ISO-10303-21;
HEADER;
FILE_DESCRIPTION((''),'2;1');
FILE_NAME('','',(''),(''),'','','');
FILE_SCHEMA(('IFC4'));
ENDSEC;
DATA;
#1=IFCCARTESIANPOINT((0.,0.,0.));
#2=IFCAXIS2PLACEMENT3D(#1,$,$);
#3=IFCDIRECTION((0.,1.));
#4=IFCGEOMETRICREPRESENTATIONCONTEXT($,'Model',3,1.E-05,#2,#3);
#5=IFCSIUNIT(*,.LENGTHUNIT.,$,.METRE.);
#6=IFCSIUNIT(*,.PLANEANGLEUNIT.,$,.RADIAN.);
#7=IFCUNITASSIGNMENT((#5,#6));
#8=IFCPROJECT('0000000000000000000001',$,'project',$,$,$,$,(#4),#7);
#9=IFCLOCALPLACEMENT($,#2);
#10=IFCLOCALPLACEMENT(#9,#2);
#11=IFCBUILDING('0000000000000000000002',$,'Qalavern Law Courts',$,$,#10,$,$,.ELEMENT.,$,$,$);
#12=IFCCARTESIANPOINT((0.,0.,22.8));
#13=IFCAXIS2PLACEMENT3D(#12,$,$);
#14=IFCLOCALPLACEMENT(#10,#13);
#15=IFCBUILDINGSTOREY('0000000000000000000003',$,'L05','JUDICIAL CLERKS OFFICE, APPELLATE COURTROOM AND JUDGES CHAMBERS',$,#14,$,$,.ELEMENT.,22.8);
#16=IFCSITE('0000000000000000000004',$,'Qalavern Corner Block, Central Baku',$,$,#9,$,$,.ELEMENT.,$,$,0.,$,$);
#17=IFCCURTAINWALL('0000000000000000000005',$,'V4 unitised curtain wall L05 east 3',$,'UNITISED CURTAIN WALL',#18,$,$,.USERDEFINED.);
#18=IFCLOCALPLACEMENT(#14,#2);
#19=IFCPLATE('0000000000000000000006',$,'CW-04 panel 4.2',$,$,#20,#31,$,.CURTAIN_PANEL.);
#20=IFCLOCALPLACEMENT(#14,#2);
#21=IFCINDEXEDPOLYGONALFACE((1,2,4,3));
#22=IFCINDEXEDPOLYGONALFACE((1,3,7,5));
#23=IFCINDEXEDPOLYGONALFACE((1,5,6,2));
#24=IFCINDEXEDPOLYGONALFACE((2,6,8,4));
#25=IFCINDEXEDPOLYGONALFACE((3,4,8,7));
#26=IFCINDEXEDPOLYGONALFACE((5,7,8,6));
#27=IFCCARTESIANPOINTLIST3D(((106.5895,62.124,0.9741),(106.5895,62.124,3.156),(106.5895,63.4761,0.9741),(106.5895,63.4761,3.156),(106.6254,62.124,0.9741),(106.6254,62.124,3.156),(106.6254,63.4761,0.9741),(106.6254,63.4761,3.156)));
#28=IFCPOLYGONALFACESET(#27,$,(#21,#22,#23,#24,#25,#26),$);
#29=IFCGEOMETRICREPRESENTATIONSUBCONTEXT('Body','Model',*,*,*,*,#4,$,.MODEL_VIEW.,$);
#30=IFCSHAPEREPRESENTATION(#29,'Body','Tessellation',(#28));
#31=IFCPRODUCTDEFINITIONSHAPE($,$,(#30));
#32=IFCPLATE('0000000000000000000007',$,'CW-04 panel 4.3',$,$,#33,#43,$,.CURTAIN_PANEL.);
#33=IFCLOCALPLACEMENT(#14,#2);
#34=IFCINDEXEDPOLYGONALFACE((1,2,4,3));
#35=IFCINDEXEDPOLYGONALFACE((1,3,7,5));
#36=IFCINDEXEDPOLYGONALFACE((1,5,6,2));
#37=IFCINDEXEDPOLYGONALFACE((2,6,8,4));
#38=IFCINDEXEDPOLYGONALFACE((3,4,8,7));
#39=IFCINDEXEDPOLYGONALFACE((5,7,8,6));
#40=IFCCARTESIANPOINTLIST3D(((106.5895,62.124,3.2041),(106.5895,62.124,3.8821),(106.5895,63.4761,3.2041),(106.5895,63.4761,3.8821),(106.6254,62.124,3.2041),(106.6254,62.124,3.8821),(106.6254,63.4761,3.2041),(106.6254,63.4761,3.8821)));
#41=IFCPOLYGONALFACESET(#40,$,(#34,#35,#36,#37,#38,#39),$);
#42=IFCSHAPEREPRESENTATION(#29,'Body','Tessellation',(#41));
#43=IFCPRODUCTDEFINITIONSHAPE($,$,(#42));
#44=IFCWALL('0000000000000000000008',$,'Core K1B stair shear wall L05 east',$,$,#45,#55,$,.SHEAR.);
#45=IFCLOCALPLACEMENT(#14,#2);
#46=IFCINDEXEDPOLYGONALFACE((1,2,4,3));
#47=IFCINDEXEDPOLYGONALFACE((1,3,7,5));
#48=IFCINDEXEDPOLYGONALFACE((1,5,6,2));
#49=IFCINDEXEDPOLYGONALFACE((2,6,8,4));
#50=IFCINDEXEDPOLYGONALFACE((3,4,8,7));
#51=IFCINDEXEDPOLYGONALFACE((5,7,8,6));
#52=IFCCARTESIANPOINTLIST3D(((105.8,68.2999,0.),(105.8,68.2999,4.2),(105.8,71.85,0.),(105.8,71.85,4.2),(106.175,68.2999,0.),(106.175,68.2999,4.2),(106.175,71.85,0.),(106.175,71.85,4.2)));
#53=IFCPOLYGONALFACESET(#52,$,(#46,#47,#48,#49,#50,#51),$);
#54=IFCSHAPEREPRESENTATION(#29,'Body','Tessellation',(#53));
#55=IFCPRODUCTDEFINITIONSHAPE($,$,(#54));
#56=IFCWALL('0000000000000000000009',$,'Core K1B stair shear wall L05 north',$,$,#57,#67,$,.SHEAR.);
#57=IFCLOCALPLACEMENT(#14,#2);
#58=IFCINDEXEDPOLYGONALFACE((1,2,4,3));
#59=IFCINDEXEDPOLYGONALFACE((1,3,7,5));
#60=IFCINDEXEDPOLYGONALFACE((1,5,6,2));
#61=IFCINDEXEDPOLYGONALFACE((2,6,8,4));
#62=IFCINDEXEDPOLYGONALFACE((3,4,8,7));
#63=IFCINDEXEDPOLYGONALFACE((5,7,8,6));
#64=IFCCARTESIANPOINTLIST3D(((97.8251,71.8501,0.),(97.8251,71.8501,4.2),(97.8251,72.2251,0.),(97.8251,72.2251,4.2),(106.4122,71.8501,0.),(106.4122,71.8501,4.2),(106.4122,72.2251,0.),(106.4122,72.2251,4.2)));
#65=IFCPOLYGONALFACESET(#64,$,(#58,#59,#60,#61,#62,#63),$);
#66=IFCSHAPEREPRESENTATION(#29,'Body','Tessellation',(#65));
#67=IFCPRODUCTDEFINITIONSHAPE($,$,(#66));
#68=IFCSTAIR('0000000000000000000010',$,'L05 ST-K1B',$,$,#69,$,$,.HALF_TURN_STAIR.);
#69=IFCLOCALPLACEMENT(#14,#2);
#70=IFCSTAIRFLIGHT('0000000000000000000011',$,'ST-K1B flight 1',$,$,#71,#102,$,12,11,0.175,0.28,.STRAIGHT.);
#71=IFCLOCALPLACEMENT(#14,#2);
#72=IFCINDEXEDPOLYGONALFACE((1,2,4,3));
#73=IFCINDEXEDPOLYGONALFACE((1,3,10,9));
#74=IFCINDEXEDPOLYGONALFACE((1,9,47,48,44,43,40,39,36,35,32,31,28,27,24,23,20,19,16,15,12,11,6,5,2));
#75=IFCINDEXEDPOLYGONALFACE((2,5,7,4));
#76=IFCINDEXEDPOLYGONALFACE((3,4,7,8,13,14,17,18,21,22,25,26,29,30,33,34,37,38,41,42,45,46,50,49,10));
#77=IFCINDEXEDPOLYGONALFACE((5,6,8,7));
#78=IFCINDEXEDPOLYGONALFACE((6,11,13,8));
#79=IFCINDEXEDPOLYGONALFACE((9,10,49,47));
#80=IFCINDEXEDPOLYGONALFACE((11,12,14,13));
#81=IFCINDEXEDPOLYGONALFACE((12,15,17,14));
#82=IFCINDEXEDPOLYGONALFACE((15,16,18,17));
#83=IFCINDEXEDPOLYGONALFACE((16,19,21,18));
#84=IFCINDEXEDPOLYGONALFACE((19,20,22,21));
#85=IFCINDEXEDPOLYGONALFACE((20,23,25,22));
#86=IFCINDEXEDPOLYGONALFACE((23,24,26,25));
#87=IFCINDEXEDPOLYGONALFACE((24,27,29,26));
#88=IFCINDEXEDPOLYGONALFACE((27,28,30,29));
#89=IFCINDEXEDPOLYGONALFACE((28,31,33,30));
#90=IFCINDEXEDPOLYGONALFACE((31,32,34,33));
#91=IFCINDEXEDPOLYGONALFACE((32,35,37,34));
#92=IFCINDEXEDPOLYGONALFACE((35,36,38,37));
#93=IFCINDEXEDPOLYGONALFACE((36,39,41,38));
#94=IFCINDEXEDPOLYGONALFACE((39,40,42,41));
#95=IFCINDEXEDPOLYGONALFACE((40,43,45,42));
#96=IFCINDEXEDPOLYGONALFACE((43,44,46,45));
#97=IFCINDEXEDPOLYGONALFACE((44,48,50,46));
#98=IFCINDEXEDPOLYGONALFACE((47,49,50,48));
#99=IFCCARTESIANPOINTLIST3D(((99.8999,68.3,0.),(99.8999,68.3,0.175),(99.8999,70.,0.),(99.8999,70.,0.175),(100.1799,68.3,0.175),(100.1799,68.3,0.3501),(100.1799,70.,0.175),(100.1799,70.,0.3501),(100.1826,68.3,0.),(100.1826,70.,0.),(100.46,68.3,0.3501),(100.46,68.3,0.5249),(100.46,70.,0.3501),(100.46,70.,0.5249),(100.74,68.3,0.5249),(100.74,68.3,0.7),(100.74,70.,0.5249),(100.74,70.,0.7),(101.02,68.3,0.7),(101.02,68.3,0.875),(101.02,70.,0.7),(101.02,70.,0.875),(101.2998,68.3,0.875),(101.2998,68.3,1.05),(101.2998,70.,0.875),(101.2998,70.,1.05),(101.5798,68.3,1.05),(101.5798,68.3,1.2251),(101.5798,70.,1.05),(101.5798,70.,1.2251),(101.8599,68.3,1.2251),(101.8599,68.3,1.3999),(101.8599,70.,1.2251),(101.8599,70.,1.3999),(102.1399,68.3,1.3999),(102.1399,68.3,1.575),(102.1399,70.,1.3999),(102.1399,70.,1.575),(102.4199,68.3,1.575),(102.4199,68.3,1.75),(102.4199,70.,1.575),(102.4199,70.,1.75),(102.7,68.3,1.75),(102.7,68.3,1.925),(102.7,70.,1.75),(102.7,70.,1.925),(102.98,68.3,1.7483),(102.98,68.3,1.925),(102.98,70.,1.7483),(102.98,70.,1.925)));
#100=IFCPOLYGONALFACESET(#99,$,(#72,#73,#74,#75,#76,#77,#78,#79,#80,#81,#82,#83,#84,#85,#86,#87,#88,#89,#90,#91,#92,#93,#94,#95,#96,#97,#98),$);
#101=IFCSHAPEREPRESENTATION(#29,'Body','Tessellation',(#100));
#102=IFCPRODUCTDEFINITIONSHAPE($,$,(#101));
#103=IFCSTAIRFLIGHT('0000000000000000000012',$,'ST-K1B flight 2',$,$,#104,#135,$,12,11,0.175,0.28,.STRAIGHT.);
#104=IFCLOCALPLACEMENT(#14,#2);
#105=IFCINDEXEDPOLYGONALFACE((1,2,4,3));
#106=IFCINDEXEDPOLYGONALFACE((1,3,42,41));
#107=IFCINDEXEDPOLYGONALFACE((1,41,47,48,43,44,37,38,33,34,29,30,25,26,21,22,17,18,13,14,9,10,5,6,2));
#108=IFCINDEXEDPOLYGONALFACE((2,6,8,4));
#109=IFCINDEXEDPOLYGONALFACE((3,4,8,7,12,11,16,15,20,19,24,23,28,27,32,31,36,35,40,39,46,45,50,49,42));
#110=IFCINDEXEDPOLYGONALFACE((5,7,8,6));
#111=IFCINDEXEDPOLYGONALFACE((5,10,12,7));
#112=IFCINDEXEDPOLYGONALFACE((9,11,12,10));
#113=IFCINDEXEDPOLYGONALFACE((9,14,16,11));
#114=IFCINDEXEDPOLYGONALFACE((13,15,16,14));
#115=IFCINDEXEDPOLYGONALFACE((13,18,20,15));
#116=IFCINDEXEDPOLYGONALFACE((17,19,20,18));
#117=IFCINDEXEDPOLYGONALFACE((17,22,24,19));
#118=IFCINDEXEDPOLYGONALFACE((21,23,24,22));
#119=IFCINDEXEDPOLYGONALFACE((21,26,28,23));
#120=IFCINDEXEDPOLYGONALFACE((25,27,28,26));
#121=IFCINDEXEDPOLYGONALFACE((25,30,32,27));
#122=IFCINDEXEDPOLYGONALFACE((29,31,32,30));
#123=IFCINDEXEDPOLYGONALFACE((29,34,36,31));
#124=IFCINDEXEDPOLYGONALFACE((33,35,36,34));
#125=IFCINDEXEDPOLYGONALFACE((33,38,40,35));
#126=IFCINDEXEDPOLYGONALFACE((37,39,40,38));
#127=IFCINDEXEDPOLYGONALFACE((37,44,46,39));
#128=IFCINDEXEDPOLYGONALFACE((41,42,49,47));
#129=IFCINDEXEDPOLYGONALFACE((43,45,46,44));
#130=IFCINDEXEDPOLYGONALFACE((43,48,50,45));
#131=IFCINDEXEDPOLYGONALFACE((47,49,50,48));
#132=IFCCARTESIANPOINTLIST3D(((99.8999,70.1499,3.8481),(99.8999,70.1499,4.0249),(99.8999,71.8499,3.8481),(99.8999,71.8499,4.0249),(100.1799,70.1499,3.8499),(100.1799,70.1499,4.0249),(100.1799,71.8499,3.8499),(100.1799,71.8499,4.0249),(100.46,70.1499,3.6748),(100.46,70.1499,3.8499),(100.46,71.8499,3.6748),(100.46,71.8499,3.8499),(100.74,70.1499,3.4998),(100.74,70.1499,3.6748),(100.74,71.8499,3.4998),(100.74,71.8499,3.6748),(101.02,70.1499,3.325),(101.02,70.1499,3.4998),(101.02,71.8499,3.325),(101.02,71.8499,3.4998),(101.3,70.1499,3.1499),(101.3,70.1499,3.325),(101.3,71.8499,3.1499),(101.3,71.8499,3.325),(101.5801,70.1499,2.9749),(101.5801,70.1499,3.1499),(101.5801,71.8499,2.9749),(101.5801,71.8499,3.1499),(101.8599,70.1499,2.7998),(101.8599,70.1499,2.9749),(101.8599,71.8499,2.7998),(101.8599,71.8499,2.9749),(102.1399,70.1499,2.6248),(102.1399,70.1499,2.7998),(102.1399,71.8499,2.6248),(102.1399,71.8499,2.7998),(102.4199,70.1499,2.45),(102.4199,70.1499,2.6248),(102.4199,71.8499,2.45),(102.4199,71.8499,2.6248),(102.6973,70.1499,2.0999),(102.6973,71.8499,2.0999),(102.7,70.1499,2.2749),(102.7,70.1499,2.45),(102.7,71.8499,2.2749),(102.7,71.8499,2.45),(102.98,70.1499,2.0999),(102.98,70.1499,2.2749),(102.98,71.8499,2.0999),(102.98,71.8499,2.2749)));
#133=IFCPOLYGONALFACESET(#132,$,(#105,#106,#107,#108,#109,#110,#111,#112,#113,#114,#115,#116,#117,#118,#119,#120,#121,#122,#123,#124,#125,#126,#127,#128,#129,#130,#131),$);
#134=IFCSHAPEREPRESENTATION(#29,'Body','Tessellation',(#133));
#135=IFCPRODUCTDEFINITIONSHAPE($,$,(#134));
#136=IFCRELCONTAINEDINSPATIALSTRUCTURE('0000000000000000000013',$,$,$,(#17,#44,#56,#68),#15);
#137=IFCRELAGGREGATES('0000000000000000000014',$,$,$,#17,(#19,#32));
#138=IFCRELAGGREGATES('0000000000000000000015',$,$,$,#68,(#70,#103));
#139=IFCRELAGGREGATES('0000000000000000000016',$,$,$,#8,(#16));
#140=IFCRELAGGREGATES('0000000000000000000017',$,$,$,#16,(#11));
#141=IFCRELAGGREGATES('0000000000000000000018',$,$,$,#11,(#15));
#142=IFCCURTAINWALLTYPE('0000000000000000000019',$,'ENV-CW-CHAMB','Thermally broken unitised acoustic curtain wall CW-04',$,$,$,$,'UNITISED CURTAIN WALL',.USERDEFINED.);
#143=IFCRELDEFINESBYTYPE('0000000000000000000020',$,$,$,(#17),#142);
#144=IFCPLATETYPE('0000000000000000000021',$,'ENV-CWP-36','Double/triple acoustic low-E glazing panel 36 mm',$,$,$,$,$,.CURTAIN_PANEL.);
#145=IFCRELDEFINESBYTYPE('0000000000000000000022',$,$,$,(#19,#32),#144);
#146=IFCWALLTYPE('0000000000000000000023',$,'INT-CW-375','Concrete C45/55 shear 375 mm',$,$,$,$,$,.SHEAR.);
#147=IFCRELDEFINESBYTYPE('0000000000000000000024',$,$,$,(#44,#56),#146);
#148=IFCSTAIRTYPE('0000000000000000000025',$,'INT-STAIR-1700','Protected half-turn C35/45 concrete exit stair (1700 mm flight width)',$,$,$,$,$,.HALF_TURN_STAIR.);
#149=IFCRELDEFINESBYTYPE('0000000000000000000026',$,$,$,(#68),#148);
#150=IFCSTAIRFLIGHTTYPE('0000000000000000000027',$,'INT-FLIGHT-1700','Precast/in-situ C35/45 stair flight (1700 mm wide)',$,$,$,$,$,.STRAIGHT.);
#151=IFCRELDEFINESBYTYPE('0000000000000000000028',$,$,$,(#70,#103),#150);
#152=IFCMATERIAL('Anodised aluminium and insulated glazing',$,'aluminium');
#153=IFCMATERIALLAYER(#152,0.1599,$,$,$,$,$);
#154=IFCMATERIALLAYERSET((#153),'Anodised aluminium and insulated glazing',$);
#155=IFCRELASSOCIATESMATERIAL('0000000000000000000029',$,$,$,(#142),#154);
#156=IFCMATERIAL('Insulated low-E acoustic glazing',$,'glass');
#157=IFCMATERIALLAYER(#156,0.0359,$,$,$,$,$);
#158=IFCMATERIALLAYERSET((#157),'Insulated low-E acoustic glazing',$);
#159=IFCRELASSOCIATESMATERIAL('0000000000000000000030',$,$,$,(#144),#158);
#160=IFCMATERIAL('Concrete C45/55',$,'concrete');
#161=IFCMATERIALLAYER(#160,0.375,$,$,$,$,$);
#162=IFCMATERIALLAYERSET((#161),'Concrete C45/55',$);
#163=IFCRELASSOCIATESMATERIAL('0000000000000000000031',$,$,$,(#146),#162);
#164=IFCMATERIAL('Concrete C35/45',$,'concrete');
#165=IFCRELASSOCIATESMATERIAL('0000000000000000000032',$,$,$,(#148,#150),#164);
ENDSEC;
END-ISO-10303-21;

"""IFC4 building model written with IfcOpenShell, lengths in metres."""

from ifc_helpers import new_model, si_unit, direction, frame, frame_2d, origin, origin_2d, place, context, subcontext, project, spatial, polyline, rectangle, outline, extrude, material, layer, layer_set, type_object, element, aggregate, save


model = new_model("IFC4")

# Units and contexts
model_context = context("Model", 3, precision=1e-05, world=origin(), true_north=direction((0.0, 1.0)))
body_context = subcontext(model_context, "Body", "Model", "MODEL_VIEW")
ifc_project = project(units=[si_unit("LENGTHUNIT", "METRE"), si_unit("PLANEANGLEUNIT", "RADIAN")], contexts=[model_context])

# Site, building, storey
site_placement = place(None, origin())
site = spatial("IfcSite", under=ifc_project, at=site_placement, Name="Qalavern Corner Block, Central Baku", CompositionType="ELEMENT", RefElevation=0.0)
building_placement = place(site_placement, origin())
building = spatial("IfcBuilding", under=site, at=building_placement, Name="Qalavern Law Courts", CompositionType="ELEMENT")
storey_placement = place(building_placement, frame((0.0, 0.0, 22.8)))
storey = spatial("IfcBuildingStorey", under=building, at=storey_placement, Name="L05", Description="JUDICIAL CLERKS OFFICE, APPELLATE COURTROOM AND JUDGES CHAMBERS", CompositionType="ELEMENT", Elevation=22.8)

# Shared definitions
ifc_material_1 = material(Name="Concrete C45/55", Category="concrete")

# Curtain wall
ifc_material_2 = material(Name="Anodised aluminium and insulated glazing", Category="aluminium")
ifc_layer_1 = layer(ifc_material_2, 0.1599)
ifc_layer_set_1 = layer_set([ifc_layer_1], Name="Anodised aluminium and insulated glazing")
curtain_wall_type = type_object("IfcCurtainWallType", Name="ENV-CW-CHAMB", Description="Thermally broken unitised acoustic curtain wall CW-04", ElementType="UNITISED CURTAIN WALL", PredefinedType="USERDEFINED", material=ifc_layer_set_1)
curtain_wall_placement = place(storey_placement, origin())
curtain_wall = element("IfcCurtainWall", 1, at=curtain_wall_placement, inside=storey, type_object=curtain_wall_type, Name="V4 unitised curtain wall L05 east 3", ObjectType="UNITISED CURTAIN WALL", PredefinedType="USERDEFINED")

# Plates
ifc_material_3 = material(Name="Insulated low-E acoustic glazing", Category="glass")
ifc_layer_2 = layer(ifc_material_3, 0.0359)
ifc_layer_set_2 = layer_set([ifc_layer_2], Name="Insulated low-E acoustic glazing")
plate_type = type_object("IfcPlateType", Name="ENV-CWP-36", Description="Double/triple acoustic low-E glazing panel 36 mm", PredefinedType="CURTAIN_PANEL", material=ifc_layer_set_2)
plate_1_placement = place(storey_placement, frame((106.6074, 62.8, 0.9741), z_axis=(0.0, 0.0, 1.0), x_axis=(0.0, 1.0, 0.0)))
plate_1 = element("IfcPlate", 2, at=plate_1_placement, type_object=plate_type, Name="CW-04 panel 4.2", PredefinedType="CURTAIN_PANEL", context=body_context, shape_type="SweptSolid", body=[
    extrude(rectangle(XDim=1.3521, YDim=0.0359, at=origin_2d()), origin(), (0.0, 0.0, 1.0), 2.1819),
])
plate_2_placement = place(storey_placement, frame((106.6074, 62.8, 3.2041), z_axis=(0.0, 0.0, 1.0), x_axis=(0.0, 1.0, 0.0)))
plate_2 = element("IfcPlate", 3, at=plate_2_placement, type_object=plate_type, Name="CW-04 panel 4.3", PredefinedType="CURTAIN_PANEL", context=body_context, shape_type="SweptSolid", body=[
    extrude(rectangle(XDim=1.3521, YDim=0.0359, at=origin_2d()), origin(), (0.0, 0.0, 1.0), 0.678),
])
aggregate(curtain_wall, [plate_1, plate_2])

# Walls
ifc_layer_3 = layer(ifc_material_1, 0.375)
ifc_layer_set_3 = layer_set([ifc_layer_3], Name="Concrete C45/55")
wall_type = type_object("IfcWallType", Name="INT-CW-375", Description="Concrete C45/55 shear 375 mm", PredefinedType="SHEAR", material=ifc_layer_set_3)
wall_1_placement = place(storey_placement, frame((105.9875, 68.3, 0.0), z_axis=(0.0, 0.0, 1.0), x_axis=(0.0, 1.0, 0.0)))
element("IfcWall", 4, at=wall_1_placement, inside=storey, type_object=wall_type, Name="Core K1B stair shear wall L05 east", PredefinedType="SHEAR", context=body_context, shape_type="SweptSolid", body=[
    extrude(rectangle(XDim=3.55, YDim=0.375, at=frame_2d((1.7749, 0.0))), origin(), (0.0, 0.0, 1.0), 4.2),
])
wall_2_placement = place(storey_placement, frame((106.4121, 72.0376, 0.0), z_axis=(0.0, 0.0, 1.0), x_axis=(-1.0, 0.0, 0.0)))
element("IfcWall", 5, at=wall_2_placement, inside=storey, type_object=wall_type, Name="Core K1B stair shear wall L05 north", PredefinedType="SHEAR", context=body_context, shape_type="SweptSolid", body=[
    extrude(rectangle(XDim=8.5872, YDim=0.375, at=frame_2d((4.2935, 0.0))), origin(), (0.0, 0.0, 1.0), 4.2),
])

# Stair, stair flights
ifc_material_4 = material(Name="Concrete C35/45", Category="concrete")
stair_type = type_object("IfcStairType", Name="INT-STAIR-1700", Description="Protected half-turn C35/45 concrete exit stair (1700 mm flight width)", PredefinedType="HALF_TURN_STAIR", material=ifc_material_4)
stair_placement = place(storey_placement, origin())
stair = element("IfcStair", 6, at=stair_placement, inside=storey, type_object=stair_type, Name="L05 ST-K1B", PredefinedType="HALF_TURN_STAIR")
stair_flight_type = type_object("IfcStairFlightType", Name="INT-FLIGHT-1700", Description="Precast/in-situ C35/45 stair flight (1700 mm wide)", PredefinedType="STRAIGHT", material=ifc_material_4)
stair_flight_1_placement = place(storey_placement, frame((99.8999, 69.1499, 0.0), z_axis=(0.0, 0.0, 1.0), x_axis=(1.0, 0.0, 0.0)))
stair_flight_1 = element("IfcStairFlight", 7, at=stair_flight_1_placement, type_object=stair_flight_type, Name="ST-K1B flight 1", NumberOfRisers=12, NumberOfTreads=11, PredefinedType="STRAIGHT", RiserHeight=0.175, TreadLength=0.28, context=body_context, shape_type="SweptSolid", body=[
    extrude(outline(polyline([(0.0, 0.0), (0.0, 0.175), (0.28, 0.175), (0.28, 0.3501), (0.5601, 0.3501), (0.5601, 0.5249), (0.8401, 0.5249), (0.8401, 0.7), (1.1201, 0.7), (1.1201, 0.875), (1.3999, 0.875), (1.3999, 1.05), (1.6799, 1.05), (1.6799, 1.2251), (1.96, 1.2251), (1.96, 1.3999), (2.24, 1.3999), (2.24, 1.575), (2.52, 1.575), (2.52, 1.75), (2.8, 1.75), (2.8, 1.925), (3.0801, 1.925), (3.0801, 2.1001), (3.0801, 1.7483), (0.2827, 0.0), (0.0, 0.0)])), frame((0.0, 0.8501, 0.0), z_axis=(0.0, -1.0, 0.0), x_axis=(1.0, 0.0, 0.0)), (0.0, 0.0, 1.0), 1.7),
])
stair_flight_2_placement = place(storey_placement, frame((102.98, 71.0, 2.0999), z_axis=(0.0, 0.0, 1.0), x_axis=(-1.0, 0.0, 0.0)))
stair_flight_2 = element("IfcStairFlight", 8, at=stair_flight_2_placement, type_object=stair_flight_type, Name="ST-K1B flight 2", NumberOfRisers=12, NumberOfTreads=11, PredefinedType="STRAIGHT", RiserHeight=0.175, TreadLength=0.28, context=body_context, shape_type="SweptSolid", body=[
    extrude(outline(polyline([(0.0, 0.0), (0.0, 0.175), (0.28, 0.175), (0.28, 0.3501), (0.5601, 0.3501), (0.5601, 0.5249), (0.8401, 0.5249), (0.8401, 0.7), (1.1201, 0.7), (1.1201, 0.875), (1.3999, 0.875), (1.3999, 1.05), (1.6799, 1.05), (1.6799, 1.2251), (1.96, 1.2251), (1.96, 1.3999), (2.24, 1.3999), (2.24, 1.575), (2.52, 1.575), (2.52, 1.75), (2.8, 1.75), (2.8, 1.925), (3.0801, 1.925), (3.0801, 2.1001), (3.0801, 1.7483), (0.2827, 0.0), (0.0, 0.0)])), frame((0.0, 0.8501, 0.0), z_axis=(0.0, -1.0, 0.0), x_axis=(1.0, 0.0, 0.0)), (0.0, 0.0, 1.0), 1.7),
])
aggregate(stair, [stair_flight_1, stair_flight_2])

save(model, "model.ifc")
